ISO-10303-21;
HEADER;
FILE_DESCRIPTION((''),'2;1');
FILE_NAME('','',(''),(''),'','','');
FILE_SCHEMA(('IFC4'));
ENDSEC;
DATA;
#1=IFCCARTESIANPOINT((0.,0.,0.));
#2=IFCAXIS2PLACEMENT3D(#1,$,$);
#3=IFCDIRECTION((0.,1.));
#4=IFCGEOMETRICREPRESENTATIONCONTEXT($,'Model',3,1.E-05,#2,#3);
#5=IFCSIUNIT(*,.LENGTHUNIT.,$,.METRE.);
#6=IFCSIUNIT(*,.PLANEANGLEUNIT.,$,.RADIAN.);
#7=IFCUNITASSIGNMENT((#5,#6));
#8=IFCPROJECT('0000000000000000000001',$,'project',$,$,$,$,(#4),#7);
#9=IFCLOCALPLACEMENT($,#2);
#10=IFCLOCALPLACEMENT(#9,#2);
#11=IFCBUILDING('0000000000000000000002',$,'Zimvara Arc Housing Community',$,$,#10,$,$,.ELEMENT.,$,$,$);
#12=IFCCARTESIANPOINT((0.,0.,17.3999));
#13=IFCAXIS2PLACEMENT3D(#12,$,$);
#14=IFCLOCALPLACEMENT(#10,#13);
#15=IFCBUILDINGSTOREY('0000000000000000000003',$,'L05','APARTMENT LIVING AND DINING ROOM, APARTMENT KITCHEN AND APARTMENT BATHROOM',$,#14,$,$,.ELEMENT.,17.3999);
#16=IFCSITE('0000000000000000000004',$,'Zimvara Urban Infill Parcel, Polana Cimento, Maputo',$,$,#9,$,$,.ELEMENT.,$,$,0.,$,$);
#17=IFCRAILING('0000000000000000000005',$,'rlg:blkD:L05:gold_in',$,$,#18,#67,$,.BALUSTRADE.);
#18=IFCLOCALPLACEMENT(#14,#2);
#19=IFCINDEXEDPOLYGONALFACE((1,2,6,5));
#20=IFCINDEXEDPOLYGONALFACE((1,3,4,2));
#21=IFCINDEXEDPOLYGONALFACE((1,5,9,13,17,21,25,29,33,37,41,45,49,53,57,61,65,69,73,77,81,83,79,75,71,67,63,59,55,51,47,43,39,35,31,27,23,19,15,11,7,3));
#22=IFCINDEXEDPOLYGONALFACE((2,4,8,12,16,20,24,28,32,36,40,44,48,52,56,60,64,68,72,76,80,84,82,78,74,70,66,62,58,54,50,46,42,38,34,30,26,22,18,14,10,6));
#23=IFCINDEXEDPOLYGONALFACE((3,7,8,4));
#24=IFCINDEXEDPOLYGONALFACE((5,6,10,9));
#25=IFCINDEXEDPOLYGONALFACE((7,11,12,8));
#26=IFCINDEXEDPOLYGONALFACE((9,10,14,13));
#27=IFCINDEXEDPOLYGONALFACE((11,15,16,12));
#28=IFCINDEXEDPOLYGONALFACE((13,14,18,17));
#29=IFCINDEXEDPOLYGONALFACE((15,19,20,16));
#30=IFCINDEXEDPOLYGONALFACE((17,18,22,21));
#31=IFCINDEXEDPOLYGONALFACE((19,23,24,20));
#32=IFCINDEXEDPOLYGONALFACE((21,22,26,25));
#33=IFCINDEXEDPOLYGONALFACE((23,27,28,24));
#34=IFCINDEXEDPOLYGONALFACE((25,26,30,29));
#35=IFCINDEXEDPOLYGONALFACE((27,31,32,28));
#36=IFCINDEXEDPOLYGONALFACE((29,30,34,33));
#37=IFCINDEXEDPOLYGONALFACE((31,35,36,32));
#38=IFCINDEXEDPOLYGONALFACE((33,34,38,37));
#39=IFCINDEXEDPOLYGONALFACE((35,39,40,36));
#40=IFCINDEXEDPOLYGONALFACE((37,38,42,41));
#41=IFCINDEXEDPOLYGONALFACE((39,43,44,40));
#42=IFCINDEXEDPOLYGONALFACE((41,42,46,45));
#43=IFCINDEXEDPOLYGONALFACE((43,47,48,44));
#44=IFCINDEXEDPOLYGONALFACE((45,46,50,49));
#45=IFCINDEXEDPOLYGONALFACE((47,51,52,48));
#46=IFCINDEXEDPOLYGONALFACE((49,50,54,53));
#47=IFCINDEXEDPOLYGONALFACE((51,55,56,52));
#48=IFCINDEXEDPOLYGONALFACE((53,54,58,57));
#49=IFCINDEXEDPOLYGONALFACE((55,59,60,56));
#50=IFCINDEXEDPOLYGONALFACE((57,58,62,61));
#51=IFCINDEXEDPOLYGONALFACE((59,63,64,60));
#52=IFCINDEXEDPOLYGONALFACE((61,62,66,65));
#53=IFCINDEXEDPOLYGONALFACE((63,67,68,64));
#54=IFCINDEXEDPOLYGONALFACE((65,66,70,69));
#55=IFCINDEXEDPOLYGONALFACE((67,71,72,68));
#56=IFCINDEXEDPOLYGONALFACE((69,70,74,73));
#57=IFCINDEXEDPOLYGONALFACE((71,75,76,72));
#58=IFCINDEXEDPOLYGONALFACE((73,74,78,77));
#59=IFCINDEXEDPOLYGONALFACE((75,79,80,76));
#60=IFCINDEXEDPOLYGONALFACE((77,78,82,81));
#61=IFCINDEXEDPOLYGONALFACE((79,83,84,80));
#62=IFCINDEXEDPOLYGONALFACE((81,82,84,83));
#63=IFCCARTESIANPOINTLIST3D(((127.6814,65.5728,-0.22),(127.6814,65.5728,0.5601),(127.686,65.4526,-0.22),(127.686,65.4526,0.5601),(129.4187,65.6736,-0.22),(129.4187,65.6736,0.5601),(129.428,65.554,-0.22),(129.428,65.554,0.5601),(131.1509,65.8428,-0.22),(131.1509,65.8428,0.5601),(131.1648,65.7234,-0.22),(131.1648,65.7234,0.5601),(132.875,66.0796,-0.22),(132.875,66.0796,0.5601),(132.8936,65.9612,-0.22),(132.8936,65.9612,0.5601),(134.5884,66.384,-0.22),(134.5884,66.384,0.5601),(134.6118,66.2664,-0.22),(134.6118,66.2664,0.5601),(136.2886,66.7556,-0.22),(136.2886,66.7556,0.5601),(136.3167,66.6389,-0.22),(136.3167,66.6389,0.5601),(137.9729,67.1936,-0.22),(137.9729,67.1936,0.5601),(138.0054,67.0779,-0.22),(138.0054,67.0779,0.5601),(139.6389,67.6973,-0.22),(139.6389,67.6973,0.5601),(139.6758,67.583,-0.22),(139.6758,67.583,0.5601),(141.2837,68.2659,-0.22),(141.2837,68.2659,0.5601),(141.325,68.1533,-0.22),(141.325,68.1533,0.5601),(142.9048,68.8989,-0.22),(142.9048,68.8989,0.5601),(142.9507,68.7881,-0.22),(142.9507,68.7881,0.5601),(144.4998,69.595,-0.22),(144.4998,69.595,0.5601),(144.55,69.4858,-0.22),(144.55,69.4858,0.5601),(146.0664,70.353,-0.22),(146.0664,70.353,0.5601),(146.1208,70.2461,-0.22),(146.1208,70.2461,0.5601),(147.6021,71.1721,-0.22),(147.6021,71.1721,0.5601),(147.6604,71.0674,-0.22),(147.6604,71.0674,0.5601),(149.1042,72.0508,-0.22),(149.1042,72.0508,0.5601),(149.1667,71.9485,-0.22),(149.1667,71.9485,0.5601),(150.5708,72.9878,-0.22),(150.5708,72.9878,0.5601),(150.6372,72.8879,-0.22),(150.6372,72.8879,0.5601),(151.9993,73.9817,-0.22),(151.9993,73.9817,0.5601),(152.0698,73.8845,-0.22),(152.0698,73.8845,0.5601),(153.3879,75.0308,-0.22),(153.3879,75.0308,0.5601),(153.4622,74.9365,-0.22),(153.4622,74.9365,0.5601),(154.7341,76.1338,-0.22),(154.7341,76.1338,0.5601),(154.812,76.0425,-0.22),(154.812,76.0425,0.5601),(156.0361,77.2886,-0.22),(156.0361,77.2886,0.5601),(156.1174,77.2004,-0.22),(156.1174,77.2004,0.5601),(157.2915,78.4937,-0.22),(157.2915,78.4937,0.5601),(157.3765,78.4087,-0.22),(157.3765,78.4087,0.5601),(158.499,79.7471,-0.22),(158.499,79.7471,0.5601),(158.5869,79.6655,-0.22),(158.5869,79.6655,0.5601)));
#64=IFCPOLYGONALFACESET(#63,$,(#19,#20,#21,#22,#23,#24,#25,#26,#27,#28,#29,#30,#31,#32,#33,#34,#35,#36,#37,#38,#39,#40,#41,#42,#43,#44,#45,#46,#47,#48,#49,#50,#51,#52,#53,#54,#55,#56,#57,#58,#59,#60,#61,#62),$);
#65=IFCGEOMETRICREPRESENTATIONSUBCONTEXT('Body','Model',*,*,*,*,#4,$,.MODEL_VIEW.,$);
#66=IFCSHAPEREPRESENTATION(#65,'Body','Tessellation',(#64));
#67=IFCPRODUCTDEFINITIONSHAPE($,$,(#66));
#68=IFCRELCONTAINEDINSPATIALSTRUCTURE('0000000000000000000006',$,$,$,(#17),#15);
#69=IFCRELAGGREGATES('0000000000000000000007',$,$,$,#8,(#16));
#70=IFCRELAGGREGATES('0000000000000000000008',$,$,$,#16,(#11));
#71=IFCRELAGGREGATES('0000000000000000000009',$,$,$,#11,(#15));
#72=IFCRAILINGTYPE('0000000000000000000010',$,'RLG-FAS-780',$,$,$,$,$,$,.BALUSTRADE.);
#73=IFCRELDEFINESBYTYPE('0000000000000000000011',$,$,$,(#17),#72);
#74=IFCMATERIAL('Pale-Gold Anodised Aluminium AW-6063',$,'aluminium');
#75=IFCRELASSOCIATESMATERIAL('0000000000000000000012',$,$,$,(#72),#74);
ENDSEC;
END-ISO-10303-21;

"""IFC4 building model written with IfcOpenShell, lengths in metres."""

from ifc_helpers import new_model, si_unit, direction, frame, origin, place, context, subcontext, project, spatial, polyline, outline, extrude, material, type_object, element, save


model = new_model("IFC4")

# Units and contexts
model_context = context("Model", 3, precision=1e-05, world=origin(), true_north=direction((0.0, 1.0)))
body_context = subcontext(model_context, "Body", "Model", "MODEL_VIEW")
ifc_project = project(units=[si_unit("LENGTHUNIT", "METRE"), si_unit("PLANEANGLEUNIT", "RADIAN")], contexts=[model_context])

# Site, building, storey
site_placement = place(None, origin())
site = spatial("IfcSite", under=ifc_project, at=site_placement, Name="Zimvara Urban Infill Parcel, Polana Cimento, Maputo", CompositionType="ELEMENT", RefElevation=0.0)
building_placement = place(site_placement, origin())
building = spatial("IfcBuilding", under=site, at=building_placement, Name="Zimvara Arc Housing Community", CompositionType="ELEMENT")
storey_placement = place(building_placement, frame((0.0, 0.0, 17.3999)))
storey = spatial("IfcBuildingStorey", under=building, at=storey_placement, Name="L05", Description="APARTMENT LIVING AND DINING ROOM, APARTMENT KITCHEN AND APARTMENT BATHROOM", CompositionType="ELEMENT", Elevation=17.3999)

# Railing
ifc_material_1 = material(Name="Pale-Gold Anodised Aluminium AW-6063", Category="aluminium")
railing_type_1 = type_object("IfcRailingType", Name="RLG-FAS-780", PredefinedType="BALUSTRADE", material=ifc_material_1)
railing_1_placement = place(storey_placement, frame((0.0, 0.0, -0.22)))
element("IfcRailing", 1, at=railing_1_placement, inside=storey, type_object=railing_type_1, Name="rlg:blkD:L05:gold_in", PredefinedType="BALUSTRADE", context=body_context, shape_type="SweptSolid", body=[
    extrude(outline(polyline([(127.686, 65.4526), (129.428, 65.554), (131.1648, 65.7234), (132.8936, 65.9612), (134.6118, 66.2664), (136.3167, 66.6389), (138.0054, 67.0779), (139.6758, 67.583), (141.325, 68.1533), (142.9507, 68.7881), (144.55, 69.4858), (146.1208, 70.2461), (147.6604, 71.0674), (149.1667, 71.9485), (150.6372, 72.8879), (152.0698, 73.8845), (153.4622, 74.9365), (154.812, 76.0425), (156.1174, 77.2004), (157.3765, 78.4087), (158.5869, 79.6655), (158.499, 79.7471), (157.2915, 78.4937), (156.0361, 77.2886), (154.7341, 76.1338), (153.3879, 75.0308), (151.9993, 73.9817), (150.5708, 72.9878), (149.1042, 72.0508), (147.6021, 71.1721), (146.0664, 70.353), (144.4998, 69.595), (142.9048, 68.8989), (141.2837, 68.2659), (139.6389, 67.6973), (137.9729, 67.1936), (136.2886, 66.7556), (134.5884, 66.384), (132.875, 66.0796), (131.1509, 65.8428), (129.4187, 65.6736), (127.6814, 65.5728), (127.686, 65.4526)])), origin(), (0.0, 0.0, 1.0), 0.78),
])

save(model, "model.ifc")
